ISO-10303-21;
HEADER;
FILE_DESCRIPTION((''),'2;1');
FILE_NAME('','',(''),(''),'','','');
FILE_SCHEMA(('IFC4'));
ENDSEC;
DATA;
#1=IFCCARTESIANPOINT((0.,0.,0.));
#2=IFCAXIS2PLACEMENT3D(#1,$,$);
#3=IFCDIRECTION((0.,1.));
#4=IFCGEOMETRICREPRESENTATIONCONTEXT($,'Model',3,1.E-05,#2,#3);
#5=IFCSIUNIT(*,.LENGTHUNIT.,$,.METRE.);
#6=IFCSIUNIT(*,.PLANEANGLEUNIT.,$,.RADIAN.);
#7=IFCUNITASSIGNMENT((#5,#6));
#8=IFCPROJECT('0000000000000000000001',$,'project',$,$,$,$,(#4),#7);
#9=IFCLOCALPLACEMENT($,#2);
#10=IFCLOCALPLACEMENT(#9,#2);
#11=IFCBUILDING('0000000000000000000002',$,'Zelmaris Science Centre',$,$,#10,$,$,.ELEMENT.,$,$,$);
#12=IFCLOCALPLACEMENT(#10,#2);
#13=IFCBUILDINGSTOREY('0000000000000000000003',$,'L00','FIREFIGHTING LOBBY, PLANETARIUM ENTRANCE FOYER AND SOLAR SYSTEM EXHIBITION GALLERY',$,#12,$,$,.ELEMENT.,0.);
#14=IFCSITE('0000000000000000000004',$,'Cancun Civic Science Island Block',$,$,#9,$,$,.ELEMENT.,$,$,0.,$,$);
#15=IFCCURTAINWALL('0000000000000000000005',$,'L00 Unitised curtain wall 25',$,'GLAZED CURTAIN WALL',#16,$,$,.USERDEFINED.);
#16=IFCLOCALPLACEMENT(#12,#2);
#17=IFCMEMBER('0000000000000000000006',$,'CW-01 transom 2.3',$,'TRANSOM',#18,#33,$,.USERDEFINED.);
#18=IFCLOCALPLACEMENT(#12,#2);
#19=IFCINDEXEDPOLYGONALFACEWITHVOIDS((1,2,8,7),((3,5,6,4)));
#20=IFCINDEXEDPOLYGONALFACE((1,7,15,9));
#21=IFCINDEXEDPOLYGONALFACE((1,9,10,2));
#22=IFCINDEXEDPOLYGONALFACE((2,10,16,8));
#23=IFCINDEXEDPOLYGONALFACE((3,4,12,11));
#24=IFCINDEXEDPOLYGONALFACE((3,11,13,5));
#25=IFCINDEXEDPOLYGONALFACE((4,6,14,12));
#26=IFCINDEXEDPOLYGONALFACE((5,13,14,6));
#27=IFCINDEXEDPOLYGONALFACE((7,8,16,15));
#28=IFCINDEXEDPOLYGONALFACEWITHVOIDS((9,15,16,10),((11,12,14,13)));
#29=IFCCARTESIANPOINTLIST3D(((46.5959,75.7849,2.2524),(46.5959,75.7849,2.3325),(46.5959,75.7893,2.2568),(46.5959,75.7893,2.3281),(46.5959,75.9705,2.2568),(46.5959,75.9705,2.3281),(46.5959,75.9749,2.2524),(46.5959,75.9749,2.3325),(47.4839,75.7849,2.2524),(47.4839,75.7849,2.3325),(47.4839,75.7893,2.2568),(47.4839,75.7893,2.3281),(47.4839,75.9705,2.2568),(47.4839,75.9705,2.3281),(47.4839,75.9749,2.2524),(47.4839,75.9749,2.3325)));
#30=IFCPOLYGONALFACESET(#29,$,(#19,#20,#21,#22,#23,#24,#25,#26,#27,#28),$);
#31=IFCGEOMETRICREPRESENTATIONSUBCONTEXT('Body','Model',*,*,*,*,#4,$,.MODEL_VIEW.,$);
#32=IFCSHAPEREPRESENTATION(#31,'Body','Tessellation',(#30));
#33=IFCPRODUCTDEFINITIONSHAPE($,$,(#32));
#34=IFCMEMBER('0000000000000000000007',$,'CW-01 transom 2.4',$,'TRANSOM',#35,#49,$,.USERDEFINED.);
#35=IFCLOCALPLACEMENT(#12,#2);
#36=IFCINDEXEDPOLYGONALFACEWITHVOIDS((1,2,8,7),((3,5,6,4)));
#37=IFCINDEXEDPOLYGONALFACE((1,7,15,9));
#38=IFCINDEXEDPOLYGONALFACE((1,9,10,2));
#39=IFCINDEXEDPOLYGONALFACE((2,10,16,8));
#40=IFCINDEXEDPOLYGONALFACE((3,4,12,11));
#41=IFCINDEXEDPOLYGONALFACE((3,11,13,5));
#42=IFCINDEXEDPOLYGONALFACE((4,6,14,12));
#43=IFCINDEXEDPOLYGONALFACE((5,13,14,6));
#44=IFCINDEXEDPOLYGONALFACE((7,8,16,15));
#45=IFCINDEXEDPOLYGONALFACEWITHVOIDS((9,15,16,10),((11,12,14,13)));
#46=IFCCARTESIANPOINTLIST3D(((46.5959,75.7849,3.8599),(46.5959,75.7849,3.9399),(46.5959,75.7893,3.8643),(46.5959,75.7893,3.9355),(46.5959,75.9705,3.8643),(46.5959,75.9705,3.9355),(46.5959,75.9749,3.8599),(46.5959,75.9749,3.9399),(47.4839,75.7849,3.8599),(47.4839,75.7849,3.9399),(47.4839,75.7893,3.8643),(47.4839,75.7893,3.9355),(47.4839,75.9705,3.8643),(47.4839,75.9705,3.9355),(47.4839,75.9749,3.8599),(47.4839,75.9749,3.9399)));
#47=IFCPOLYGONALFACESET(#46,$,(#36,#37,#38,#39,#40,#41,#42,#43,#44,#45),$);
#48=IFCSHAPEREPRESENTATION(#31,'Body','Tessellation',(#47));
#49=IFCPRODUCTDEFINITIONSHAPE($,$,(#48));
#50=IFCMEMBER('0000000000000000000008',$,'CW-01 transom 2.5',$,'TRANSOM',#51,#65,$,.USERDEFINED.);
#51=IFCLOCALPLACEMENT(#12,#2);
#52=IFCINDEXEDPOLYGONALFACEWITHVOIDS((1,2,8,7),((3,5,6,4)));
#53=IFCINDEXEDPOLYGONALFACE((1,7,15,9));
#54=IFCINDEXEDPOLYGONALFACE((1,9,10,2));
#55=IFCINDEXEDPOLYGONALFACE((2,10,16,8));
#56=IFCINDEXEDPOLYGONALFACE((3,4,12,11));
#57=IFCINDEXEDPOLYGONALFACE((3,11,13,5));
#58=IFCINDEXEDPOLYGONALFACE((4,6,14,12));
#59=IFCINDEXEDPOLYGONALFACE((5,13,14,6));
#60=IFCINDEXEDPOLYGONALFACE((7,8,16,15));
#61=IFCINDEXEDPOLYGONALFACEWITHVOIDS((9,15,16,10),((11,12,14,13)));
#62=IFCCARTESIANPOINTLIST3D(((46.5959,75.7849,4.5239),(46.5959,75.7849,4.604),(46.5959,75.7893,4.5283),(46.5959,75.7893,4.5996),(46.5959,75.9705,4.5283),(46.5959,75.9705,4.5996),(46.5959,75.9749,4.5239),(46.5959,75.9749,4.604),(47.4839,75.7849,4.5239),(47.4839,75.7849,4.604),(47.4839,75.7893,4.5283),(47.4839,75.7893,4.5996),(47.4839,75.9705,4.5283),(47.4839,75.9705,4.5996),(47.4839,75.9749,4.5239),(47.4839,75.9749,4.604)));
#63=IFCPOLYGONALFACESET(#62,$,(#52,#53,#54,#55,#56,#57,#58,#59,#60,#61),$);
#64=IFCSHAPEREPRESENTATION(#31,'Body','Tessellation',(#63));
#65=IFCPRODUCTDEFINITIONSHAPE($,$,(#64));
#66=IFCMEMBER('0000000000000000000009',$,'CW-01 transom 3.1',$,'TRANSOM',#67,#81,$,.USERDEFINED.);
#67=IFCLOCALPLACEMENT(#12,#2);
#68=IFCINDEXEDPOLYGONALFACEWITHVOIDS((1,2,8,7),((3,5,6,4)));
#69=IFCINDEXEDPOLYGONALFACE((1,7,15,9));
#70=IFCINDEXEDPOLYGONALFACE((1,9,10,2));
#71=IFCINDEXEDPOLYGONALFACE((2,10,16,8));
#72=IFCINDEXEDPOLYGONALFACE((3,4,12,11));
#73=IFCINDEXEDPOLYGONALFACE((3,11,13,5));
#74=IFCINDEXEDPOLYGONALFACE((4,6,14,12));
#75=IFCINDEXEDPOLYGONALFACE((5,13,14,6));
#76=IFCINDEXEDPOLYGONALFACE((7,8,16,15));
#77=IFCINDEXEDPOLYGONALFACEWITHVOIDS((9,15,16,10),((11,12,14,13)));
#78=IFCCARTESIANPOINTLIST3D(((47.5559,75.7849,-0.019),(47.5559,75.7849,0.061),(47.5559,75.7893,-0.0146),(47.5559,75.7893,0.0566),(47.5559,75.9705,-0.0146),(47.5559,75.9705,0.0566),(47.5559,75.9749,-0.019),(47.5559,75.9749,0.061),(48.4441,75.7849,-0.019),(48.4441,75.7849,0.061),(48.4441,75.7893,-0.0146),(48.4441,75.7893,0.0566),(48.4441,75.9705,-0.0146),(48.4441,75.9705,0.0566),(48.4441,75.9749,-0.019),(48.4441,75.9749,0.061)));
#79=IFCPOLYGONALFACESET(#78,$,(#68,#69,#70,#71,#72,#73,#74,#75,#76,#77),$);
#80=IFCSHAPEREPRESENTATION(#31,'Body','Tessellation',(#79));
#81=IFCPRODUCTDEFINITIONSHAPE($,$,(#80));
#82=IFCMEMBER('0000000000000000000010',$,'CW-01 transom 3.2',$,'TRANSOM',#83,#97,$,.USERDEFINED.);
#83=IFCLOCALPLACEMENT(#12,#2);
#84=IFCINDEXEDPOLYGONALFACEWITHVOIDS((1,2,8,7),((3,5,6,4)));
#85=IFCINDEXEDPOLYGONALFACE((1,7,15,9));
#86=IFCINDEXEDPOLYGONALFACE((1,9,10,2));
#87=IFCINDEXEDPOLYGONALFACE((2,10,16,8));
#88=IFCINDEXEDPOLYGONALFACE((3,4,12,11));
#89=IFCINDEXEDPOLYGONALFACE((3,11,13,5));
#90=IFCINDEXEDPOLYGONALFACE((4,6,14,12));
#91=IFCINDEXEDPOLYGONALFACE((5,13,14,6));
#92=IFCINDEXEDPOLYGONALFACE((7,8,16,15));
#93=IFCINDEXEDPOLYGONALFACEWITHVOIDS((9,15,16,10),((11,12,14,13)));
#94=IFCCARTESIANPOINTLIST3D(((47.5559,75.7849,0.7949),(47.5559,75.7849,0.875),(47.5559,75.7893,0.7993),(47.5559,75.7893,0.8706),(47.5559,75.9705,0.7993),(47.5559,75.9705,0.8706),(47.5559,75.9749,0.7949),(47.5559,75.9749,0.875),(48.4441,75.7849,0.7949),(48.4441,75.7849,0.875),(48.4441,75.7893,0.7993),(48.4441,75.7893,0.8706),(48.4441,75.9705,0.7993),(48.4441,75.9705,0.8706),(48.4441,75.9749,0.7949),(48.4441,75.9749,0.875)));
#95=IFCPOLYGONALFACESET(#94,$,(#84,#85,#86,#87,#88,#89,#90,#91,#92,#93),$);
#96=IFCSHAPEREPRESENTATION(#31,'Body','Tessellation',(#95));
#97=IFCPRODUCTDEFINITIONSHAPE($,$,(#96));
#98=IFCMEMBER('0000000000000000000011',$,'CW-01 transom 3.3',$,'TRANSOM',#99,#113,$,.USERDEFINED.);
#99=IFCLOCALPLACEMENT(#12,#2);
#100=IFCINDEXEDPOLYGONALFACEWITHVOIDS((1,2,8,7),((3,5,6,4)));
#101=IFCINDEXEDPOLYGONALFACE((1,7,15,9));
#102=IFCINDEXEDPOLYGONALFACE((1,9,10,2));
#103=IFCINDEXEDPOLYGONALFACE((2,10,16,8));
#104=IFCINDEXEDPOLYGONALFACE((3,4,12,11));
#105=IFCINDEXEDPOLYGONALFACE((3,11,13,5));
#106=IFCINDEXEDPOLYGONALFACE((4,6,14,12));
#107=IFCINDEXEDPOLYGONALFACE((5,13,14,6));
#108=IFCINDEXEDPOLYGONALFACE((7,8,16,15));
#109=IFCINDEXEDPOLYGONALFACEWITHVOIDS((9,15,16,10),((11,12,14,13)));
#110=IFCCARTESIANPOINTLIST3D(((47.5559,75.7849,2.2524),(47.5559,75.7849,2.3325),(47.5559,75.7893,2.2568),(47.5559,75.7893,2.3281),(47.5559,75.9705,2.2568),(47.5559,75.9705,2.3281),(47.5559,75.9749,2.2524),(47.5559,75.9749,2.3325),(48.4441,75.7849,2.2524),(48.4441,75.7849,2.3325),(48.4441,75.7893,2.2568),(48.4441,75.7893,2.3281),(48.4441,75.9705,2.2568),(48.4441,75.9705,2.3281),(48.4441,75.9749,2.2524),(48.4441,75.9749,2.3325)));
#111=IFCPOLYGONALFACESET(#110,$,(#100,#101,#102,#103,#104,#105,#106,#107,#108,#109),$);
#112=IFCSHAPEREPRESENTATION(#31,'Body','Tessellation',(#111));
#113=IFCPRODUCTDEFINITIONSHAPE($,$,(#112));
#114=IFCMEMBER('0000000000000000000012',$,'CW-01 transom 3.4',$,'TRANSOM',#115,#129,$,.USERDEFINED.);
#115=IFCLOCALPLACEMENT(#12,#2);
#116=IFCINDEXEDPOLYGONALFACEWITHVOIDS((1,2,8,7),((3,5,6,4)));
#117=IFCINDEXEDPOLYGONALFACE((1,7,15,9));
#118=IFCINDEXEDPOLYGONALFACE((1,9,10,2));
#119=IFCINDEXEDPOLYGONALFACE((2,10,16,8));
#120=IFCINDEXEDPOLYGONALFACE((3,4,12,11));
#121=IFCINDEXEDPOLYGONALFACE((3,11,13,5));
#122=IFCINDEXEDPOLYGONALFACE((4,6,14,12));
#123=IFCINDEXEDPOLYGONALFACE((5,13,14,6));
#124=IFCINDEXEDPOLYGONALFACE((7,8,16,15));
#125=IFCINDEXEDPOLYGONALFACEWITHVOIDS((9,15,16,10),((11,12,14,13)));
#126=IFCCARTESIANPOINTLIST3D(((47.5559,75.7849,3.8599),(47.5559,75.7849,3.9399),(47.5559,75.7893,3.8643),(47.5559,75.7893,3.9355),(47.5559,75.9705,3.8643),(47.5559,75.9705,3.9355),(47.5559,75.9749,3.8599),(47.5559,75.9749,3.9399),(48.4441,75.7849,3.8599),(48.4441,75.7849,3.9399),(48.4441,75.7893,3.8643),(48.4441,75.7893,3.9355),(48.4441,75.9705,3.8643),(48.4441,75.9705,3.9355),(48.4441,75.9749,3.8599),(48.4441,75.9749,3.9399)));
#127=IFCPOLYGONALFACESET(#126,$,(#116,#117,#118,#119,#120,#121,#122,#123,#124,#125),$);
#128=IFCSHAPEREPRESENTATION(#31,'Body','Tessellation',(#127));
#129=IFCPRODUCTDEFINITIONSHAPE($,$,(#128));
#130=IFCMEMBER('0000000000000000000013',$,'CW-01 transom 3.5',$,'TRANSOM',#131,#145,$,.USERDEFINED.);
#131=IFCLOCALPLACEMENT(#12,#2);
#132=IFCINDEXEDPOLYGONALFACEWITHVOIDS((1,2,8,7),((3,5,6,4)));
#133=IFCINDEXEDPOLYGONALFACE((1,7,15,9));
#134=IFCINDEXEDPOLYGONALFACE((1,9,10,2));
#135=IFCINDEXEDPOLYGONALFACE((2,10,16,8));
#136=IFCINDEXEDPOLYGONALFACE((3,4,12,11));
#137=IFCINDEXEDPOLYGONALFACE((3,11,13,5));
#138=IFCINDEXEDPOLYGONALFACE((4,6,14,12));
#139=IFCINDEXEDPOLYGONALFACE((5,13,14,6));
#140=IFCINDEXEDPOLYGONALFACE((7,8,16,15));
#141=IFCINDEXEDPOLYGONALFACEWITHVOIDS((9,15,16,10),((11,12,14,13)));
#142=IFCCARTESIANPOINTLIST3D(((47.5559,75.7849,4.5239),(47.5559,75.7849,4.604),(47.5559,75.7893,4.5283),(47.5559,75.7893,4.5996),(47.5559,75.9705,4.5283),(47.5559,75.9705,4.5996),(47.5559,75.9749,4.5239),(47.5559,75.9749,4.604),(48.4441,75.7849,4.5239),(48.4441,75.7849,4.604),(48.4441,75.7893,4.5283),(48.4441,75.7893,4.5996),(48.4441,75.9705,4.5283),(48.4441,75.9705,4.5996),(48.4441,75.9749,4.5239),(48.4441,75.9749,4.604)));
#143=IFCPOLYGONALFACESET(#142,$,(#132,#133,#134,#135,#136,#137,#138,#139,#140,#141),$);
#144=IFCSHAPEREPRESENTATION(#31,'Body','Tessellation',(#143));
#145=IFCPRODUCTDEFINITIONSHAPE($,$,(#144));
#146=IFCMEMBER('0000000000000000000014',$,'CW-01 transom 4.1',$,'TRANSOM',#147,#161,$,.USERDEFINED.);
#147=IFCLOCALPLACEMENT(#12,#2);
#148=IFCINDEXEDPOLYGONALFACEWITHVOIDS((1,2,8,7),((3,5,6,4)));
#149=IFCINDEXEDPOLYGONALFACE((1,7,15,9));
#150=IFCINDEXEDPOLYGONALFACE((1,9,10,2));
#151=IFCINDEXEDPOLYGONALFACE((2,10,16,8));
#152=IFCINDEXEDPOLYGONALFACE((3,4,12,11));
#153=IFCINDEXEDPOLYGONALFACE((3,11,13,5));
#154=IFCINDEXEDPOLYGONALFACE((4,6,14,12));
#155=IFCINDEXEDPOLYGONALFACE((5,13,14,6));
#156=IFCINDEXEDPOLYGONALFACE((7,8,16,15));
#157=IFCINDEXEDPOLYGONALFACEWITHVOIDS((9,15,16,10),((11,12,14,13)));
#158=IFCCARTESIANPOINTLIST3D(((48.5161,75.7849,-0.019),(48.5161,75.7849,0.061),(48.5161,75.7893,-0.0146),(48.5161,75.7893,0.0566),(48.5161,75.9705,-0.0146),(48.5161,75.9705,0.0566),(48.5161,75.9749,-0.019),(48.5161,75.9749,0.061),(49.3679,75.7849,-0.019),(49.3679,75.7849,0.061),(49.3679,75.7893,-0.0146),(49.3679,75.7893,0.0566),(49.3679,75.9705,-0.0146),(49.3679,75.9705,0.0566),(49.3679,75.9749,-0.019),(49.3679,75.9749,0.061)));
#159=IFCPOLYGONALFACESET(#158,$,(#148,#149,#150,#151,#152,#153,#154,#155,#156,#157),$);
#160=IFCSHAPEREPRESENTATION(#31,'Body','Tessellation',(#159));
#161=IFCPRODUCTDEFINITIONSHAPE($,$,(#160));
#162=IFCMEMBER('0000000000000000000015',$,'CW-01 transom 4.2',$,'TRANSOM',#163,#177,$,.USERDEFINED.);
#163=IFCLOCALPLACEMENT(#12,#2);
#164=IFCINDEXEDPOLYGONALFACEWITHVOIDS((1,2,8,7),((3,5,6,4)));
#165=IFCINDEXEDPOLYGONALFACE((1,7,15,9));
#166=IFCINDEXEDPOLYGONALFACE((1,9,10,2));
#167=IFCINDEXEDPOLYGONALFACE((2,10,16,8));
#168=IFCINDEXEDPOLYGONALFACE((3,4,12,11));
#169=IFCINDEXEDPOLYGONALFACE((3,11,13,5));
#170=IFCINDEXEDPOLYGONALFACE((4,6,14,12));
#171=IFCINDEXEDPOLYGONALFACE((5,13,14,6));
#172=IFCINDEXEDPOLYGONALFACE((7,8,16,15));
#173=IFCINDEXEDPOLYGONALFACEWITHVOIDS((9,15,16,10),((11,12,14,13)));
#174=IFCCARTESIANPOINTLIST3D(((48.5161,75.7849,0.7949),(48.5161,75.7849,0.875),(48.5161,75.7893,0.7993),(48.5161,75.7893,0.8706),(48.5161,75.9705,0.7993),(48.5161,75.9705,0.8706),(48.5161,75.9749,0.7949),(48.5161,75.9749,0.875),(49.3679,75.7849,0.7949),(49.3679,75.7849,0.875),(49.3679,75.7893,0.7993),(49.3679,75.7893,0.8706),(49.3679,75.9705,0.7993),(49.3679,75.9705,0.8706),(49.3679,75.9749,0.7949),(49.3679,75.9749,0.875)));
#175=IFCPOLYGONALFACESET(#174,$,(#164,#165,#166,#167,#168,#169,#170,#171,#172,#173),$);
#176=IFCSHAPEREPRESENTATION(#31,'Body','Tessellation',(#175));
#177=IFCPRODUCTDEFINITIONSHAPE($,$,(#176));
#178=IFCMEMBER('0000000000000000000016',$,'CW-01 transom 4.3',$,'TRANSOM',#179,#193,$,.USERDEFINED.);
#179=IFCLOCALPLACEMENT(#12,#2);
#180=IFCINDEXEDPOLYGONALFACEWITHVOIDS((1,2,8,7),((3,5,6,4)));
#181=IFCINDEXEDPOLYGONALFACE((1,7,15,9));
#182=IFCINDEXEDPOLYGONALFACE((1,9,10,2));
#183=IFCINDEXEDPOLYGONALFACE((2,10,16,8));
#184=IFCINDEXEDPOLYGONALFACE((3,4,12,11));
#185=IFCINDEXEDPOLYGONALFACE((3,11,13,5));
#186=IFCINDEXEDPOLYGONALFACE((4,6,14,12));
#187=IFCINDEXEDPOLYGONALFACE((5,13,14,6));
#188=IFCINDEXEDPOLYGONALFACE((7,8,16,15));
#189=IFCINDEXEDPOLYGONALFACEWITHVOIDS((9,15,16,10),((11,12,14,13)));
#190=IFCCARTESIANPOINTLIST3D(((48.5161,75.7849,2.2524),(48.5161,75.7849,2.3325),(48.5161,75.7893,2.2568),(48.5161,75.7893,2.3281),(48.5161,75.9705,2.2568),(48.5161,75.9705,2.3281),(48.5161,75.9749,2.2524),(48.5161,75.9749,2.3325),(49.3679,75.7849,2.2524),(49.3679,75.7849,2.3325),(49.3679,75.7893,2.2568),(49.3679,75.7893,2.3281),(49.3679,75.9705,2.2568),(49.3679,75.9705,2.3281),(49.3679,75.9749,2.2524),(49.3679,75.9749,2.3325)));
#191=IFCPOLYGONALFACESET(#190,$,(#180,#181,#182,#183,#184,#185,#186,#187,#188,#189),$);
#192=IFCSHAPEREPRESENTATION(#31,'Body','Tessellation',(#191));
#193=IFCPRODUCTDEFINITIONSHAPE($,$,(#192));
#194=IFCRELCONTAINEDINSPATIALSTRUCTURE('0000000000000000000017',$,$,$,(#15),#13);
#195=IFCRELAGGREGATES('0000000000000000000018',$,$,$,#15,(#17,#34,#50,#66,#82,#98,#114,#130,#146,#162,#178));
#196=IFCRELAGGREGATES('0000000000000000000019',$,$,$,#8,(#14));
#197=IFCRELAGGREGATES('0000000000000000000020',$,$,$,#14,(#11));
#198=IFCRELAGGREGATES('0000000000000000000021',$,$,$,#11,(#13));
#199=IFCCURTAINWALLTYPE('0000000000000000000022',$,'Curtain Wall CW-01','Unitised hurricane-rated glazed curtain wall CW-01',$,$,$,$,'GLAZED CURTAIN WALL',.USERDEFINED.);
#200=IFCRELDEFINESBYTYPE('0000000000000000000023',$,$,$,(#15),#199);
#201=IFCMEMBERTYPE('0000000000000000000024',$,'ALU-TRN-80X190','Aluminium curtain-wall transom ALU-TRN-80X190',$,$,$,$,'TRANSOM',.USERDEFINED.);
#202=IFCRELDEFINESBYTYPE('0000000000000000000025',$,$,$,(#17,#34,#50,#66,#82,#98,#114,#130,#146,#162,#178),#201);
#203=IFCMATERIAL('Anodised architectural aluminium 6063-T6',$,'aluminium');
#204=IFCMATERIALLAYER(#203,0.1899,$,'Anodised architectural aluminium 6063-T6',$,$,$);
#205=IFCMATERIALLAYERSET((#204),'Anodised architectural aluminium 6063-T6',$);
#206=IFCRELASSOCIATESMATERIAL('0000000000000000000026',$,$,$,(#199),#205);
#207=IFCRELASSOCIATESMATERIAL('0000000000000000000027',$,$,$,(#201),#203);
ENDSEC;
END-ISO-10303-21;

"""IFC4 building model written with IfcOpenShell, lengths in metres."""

from ifc_helpers import new_model, si_unit, direction, frame, origin, origin_2d, place, context, subcontext, project, spatial, hollow_rectangle, extrude, material, layer, layer_set, material_profile, profile_set, type_object, element, aggregate, save


model = new_model("IFC4")

# Units and contexts
model_context = context("Model", 3, precision=1e-05, world=origin(), true_north=direction((0.0, 1.0)))
body_context = subcontext(model_context, "Body", "Model", "MODEL_VIEW")
ifc_project = project(units=[si_unit("LENGTHUNIT", "METRE"), si_unit("PLANEANGLEUNIT", "RADIAN")], contexts=[model_context])

# Site, building, storey
site_placement = place(None, origin())
site = spatial("IfcSite", under=ifc_project, at=site_placement, Name="Cancun Civic Science Island Block", CompositionType="ELEMENT", RefElevation=0.0)
building_placement = place(site_placement, origin())
building = spatial("IfcBuilding", under=site, at=building_placement, Name="Zelmaris Science Centre", CompositionType="ELEMENT")
storey_placement = place(building_placement, origin())
storey = spatial("IfcBuildingStorey", under=building, at=storey_placement, Name="L00", Description="FIREFIGHTING LOBBY, PLANETARIUM ENTRANCE FOYER AND SOLAR SYSTEM EXHIBITION GALLERY", CompositionType="ELEMENT", Elevation=0.0)

# Curtain wall, members
ifc_material_1 = material(Name="Anodised architectural aluminium 6063-T6", Category="aluminium")
ifc_layer_1 = layer(ifc_material_1, 0.1899, Name="Anodised architectural aluminium 6063-T6")
ifc_layer_set_1 = layer_set([ifc_layer_1], Name="Anodised architectural aluminium 6063-T6")
curtain_wall_type = type_object("IfcCurtainWallType", Name="Curtain Wall CW-01", Description="Unitised hurricane-rated glazed curtain wall CW-01", ElementType="GLAZED CURTAIN WALL", PredefinedType="USERDEFINED", material=ifc_layer_set_1)
curtain_wall_placement = place(storey_placement, origin())
curtain_wall = element("IfcCurtainWall", 1, at=curtain_wall_placement, inside=storey, type_object=curtain_wall_type, Name="L00 Unitised curtain wall 25", ObjectType="GLAZED CURTAIN WALL", PredefinedType="USERDEFINED")
ifc_material_profile_1 = material_profile(ifc_material_1, hollow_rectangle(XDim=0.0801, YDim=0.1899, WallThickness=0.0044, at=origin_2d()), Name="ALU-TRN-80X190")
ifc_profile_set_1 = profile_set([ifc_material_profile_1], Name="Anodised architectural aluminium 6063-T6")
member_type_1 = type_object("IfcMemberType", Name="ALU-TRN-80X190", Description="Aluminium curtain-wall transom ALU-TRN-80X190", ElementType="TRANSOM", PredefinedType="USERDEFINED", material=ifc_profile_set_1)
member_1_placement = place(storey_placement, frame((46.5959, 75.8799, 2.2925), z_axis=(1.0, 0.0, 0.0), x_axis=(0.0, 0.0, 1.0)))
member_1 = element("IfcMember", 2, at=member_1_placement, type_object=member_type_1, Name="CW-01 transom 2.3", ObjectType="TRANSOM", PredefinedType="USERDEFINED", context=body_context, shape_type="SweptSolid", body=[
    extrude(hollow_rectangle(XDim=0.0801, YDim=0.1899, WallThickness=0.0044, at=origin_2d()), origin(), (0.0, 0.0, 1.0), 0.8879),
])
member_2_placement = place(storey_placement, frame((46.5959, 75.8799, 3.8999), z_axis=(1.0, 0.0, 0.0), x_axis=(0.0, 0.0, 1.0)))
member_2 = element("IfcMember", 3, at=member_2_placement, type_object=member_type_1, Name="CW-01 transom 2.4", ObjectType="TRANSOM", PredefinedType="USERDEFINED", context=body_context, shape_type="SweptSolid", body=[
    extrude(hollow_rectangle(XDim=0.0801, YDim=0.1899, WallThickness=0.0044, at=origin_2d()), origin(), (0.0, 0.0, 1.0), 0.8879),
])
member_3_placement = place(storey_placement, frame((46.5959, 75.8799, 4.564), z_axis=(1.0, 0.0, 0.0), x_axis=(0.0, 0.0, 1.0)))
member_3 = element("IfcMember", 4, at=member_3_placement, type_object=member_type_1, Name="CW-01 transom 2.5", ObjectType="TRANSOM", PredefinedType="USERDEFINED", context=body_context, shape_type="SweptSolid", body=[
    extrude(hollow_rectangle(XDim=0.0801, YDim=0.1899, WallThickness=0.0044, at=origin_2d()), origin(), (0.0, 0.0, 1.0), 0.8879),
])
member_4_placement = place(storey_placement, frame((47.5559, 75.8799, 0.021), z_axis=(1.0, 0.0, 0.0), x_axis=(0.0, 0.0, 1.0)))
member_4 = element("IfcMember", 5, at=member_4_placement, type_object=member_type_1, Name="CW-01 transom 3.1", ObjectType="TRANSOM", PredefinedType="USERDEFINED", context=body_context, shape_type="SweptSolid", body=[
    extrude(hollow_rectangle(XDim=0.0801, YDim=0.1899, WallThickness=0.0044, at=origin_2d()), origin(), (0.0, 0.0, 1.0), 0.8882),
])
member_5_placement = place(storey_placement, frame((47.5559, 75.8799, 0.835), z_axis=(1.0, 0.0, 0.0), x_axis=(0.0, 0.0, 1.0)))
member_5 = element("IfcMember", 6, at=member_5_placement, type_object=member_type_1, Name="CW-01 transom 3.2", ObjectType="TRANSOM", PredefinedType="USERDEFINED", context=body_context, shape_type="SweptSolid", body=[
    extrude(hollow_rectangle(XDim=0.0801, YDim=0.1899, WallThickness=0.0044, at=origin_2d()), origin(), (0.0, 0.0, 1.0), 0.8882),
])
member_6_placement = place(storey_placement, frame((47.5559, 75.8799, 2.2925), z_axis=(1.0, 0.0, 0.0), x_axis=(0.0, 0.0, 1.0)))
member_6 = element("IfcMember", 7, at=member_6_placement, type_object=member_type_1, Name="CW-01 transom 3.3", ObjectType="TRANSOM", PredefinedType="USERDEFINED", context=body_context, shape_type="SweptSolid", body=[
    extrude(hollow_rectangle(XDim=0.0801, YDim=0.1899, WallThickness=0.0044, at=origin_2d()), origin(), (0.0, 0.0, 1.0), 0.8882),
])
member_7_placement = place(storey_placement, frame((47.5559, 75.8799, 3.8999), z_axis=(1.0, 0.0, 0.0), x_axis=(0.0, 0.0, 1.0)))
member_7 = element("IfcMember", 8, at=member_7_placement, type_object=member_type_1, Name="CW-01 transom 3.4", ObjectType="TRANSOM", PredefinedType="USERDEFINED", context=body_context, shape_type="SweptSolid", body=[
    extrude(hollow_rectangle(XDim=0.0801, YDim=0.1899, WallThickness=0.0044, at=origin_2d()), origin(), (0.0, 0.0, 1.0), 0.8882),
])
member_8_placement = place(storey_placement, frame((47.5559, 75.8799, 4.564), z_axis=(1.0, 0.0, 0.0), x_axis=(0.0, 0.0, 1.0)))
member_8 = element("IfcMember", 9, at=member_8_placement, type_object=member_type_1, Name="CW-01 transom 3.5", ObjectType="TRANSOM", PredefinedType="USERDEFINED", context=body_context, shape_type="SweptSolid", body=[
    extrude(hollow_rectangle(XDim=0.0801, YDim=0.1899, WallThickness=0.0044, at=origin_2d()), origin(), (0.0, 0.0, 1.0), 0.8882),
])
member_9_placement = place(storey_placement, frame((48.5161, 75.8799, 0.021), z_axis=(1.0, 0.0, 0.0), x_axis=(0.0, 0.0, 1.0)))
member_9 = element("IfcMember", 10, at=member_9_placement, type_object=member_type_1, Name="CW-01 transom 4.1", ObjectType="TRANSOM", PredefinedType="USERDEFINED", context=body_context, shape_type="SweptSolid", body=[
    extrude(hollow_rectangle(XDim=0.0801, YDim=0.1899, WallThickness=0.0044, at=origin_2d()), origin(), (0.0, 0.0, 1.0), 0.8518),
])
member_10_placement = place(storey_placement, frame((48.5161, 75.8799, 0.835), z_axis=(1.0, 0.0, 0.0), x_axis=(0.0, 0.0, 1.0)))
member_10 = element("IfcMember", 11, at=member_10_placement, type_object=member_type_1, Name="CW-01 transom 4.2", ObjectType="TRANSOM", PredefinedType="USERDEFINED", context=body_context, shape_type="SweptSolid", body=[
    extrude(hollow_rectangle(XDim=0.0801, YDim=0.1899, WallThickness=0.0044, at=origin_2d()), origin(), (0.0, 0.0, 1.0), 0.8518),
])
member_11_placement = place(storey_placement, frame((48.5161, 75.8799, 2.2925), z_axis=(1.0, 0.0, 0.0), x_axis=(0.0, 0.0, 1.0)))
member_11 = element("IfcMember", 12, at=member_11_placement, type_object=member_type_1, Name="CW-01 transom 4.3", ObjectType="TRANSOM", PredefinedType="USERDEFINED", context=body_context, shape_type="SweptSolid", body=[
    extrude(hollow_rectangle(XDim=0.0801, YDim=0.1899, WallThickness=0.0044, at=origin_2d()), origin(), (0.0, 0.0, 1.0), 0.8518),
])
aggregate(curtain_wall, [member_1, member_2, member_3, member_4, member_5, member_6, member_7, member_8, member_9, member_10, member_11])

save(model, "model.ifc")
